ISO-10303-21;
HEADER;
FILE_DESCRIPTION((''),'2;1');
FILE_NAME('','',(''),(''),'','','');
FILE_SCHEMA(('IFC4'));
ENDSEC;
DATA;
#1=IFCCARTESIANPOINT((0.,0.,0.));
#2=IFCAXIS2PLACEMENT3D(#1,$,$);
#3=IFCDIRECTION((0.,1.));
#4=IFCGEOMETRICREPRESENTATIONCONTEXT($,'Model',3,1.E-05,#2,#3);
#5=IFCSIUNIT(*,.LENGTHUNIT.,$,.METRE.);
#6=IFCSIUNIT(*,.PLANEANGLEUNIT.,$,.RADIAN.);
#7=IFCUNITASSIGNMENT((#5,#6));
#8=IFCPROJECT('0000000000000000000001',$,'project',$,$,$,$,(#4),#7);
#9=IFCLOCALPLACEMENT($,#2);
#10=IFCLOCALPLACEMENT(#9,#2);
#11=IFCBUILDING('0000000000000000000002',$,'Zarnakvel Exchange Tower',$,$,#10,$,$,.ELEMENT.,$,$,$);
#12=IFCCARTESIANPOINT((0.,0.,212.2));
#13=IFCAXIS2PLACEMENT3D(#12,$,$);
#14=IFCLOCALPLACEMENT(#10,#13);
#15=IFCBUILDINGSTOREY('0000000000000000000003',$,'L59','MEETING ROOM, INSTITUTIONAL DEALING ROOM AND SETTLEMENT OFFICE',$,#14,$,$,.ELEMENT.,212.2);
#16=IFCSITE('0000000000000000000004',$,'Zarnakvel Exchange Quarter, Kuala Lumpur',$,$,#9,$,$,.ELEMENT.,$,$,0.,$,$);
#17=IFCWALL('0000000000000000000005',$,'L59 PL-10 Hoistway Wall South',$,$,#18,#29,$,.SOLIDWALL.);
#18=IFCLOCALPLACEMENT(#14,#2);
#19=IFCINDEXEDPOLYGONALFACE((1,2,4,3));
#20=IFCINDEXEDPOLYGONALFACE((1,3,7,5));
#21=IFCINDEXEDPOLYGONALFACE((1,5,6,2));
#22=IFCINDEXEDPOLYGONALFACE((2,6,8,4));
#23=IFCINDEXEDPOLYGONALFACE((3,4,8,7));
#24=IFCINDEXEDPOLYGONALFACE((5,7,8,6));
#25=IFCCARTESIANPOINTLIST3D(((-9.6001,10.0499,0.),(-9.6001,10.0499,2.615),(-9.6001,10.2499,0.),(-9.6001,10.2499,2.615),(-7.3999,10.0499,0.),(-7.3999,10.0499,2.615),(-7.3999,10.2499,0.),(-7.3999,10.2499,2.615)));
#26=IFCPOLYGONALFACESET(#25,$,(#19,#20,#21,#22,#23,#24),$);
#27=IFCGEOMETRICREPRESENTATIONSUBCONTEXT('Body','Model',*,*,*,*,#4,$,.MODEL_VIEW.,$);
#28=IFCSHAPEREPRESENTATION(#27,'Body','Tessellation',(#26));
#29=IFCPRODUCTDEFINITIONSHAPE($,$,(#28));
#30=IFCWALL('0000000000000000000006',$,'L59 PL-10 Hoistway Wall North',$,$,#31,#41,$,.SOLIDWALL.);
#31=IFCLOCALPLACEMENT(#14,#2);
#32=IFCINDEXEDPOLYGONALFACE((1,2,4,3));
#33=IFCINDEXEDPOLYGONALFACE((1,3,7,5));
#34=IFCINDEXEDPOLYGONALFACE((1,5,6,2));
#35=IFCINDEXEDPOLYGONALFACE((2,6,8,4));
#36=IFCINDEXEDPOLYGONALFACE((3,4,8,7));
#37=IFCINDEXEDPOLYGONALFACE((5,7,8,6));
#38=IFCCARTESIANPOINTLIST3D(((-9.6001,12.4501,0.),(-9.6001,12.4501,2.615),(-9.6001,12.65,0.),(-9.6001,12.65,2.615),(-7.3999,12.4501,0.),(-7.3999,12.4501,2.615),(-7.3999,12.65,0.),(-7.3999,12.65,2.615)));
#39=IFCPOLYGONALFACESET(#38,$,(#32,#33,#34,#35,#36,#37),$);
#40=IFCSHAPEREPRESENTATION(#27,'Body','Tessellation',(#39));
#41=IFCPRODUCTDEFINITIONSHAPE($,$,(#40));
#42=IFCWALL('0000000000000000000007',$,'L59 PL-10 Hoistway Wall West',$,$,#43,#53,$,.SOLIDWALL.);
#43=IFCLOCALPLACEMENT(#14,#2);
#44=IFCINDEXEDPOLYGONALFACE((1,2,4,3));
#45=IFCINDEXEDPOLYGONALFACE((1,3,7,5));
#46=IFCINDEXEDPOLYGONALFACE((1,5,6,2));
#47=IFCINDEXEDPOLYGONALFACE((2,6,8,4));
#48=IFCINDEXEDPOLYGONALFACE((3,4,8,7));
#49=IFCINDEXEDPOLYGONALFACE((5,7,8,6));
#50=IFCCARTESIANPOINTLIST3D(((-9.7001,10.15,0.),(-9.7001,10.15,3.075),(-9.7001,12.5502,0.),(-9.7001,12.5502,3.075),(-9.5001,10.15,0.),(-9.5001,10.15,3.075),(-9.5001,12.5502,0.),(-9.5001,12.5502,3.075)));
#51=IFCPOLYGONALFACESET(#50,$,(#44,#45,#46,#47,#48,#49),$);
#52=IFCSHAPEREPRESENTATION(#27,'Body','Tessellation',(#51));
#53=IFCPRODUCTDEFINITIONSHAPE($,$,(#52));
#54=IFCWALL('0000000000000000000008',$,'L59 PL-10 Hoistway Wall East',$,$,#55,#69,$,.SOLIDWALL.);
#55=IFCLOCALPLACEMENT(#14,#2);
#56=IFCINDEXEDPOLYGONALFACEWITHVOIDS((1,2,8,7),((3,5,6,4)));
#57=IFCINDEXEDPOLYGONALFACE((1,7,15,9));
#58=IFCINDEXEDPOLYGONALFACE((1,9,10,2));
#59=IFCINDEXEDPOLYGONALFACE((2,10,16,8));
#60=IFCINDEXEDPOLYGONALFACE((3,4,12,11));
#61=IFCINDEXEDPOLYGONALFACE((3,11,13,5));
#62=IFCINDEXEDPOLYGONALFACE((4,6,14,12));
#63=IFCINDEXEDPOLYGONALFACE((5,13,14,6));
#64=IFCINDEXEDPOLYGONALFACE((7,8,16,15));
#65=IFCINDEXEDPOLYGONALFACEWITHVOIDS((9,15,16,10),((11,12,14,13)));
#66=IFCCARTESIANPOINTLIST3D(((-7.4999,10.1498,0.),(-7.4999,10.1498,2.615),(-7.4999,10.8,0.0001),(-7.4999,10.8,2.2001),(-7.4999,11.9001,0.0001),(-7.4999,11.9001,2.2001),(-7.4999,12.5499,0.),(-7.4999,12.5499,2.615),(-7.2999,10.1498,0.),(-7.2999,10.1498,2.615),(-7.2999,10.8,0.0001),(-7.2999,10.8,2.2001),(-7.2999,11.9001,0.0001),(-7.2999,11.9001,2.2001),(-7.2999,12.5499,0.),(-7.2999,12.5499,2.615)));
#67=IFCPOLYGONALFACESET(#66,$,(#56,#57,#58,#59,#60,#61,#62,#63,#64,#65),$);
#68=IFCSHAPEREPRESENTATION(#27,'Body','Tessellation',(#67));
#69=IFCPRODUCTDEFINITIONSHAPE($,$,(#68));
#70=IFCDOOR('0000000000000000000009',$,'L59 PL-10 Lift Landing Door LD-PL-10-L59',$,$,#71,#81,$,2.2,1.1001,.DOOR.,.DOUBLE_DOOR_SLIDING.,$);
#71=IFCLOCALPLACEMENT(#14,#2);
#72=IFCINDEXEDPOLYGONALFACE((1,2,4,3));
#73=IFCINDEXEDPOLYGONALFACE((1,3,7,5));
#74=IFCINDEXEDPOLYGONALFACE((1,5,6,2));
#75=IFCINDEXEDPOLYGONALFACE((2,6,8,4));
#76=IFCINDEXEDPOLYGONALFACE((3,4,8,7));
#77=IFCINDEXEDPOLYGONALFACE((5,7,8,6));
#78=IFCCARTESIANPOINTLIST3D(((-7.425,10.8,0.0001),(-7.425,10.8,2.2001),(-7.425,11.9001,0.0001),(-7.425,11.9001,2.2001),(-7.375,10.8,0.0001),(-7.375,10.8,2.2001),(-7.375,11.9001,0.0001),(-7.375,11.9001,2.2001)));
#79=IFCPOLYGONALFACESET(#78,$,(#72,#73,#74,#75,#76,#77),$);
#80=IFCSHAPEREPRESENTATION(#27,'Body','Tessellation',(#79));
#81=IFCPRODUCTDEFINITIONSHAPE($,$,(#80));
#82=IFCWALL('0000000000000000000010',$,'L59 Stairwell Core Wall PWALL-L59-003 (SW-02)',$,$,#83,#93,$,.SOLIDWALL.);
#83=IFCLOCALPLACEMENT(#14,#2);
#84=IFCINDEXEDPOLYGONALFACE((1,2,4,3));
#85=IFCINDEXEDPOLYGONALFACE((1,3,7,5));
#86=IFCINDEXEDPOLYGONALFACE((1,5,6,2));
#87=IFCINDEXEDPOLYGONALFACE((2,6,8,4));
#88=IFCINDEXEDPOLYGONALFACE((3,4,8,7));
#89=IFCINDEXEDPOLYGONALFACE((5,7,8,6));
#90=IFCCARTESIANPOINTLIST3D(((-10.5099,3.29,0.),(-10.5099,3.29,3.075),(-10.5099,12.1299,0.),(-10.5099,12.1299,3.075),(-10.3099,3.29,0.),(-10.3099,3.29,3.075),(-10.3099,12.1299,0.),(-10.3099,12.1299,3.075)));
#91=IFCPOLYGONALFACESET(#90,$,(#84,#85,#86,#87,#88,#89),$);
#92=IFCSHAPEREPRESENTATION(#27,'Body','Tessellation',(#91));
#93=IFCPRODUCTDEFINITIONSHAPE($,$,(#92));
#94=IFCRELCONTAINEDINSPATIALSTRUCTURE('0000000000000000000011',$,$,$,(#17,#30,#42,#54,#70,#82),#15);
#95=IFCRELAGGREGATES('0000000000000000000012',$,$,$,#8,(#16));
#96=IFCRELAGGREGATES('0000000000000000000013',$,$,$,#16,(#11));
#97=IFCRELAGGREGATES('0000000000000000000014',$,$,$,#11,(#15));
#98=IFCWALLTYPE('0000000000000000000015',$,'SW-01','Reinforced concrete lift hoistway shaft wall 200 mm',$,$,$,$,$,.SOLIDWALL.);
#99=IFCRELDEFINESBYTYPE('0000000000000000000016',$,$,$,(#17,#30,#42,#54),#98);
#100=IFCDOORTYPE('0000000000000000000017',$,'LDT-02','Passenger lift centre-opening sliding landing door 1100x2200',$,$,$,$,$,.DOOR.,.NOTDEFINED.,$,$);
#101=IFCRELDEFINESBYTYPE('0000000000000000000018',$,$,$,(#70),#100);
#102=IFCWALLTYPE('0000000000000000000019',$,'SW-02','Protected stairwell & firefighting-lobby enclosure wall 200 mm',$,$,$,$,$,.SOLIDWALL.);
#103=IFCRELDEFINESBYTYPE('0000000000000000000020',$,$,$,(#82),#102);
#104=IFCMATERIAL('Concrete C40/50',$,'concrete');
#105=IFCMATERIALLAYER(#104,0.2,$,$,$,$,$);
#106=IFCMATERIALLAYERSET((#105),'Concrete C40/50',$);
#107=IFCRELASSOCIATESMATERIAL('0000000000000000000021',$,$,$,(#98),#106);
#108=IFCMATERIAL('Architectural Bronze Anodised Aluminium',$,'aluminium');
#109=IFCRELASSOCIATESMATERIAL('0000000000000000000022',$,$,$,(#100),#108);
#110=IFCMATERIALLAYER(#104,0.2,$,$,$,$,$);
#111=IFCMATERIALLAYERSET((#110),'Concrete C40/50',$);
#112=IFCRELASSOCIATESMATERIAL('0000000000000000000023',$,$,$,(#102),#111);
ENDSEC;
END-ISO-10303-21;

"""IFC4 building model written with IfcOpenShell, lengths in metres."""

from ifc_helpers import new_model, si_unit, direction, frame, frame_2d, origin, place, context, subcontext, project, spatial, rectangle, extrude, source, transform, mapped, material, layer, layer_set, type_object, element, fill, save


model = new_model("IFC4")

# Units and contexts
model_context = context("Model", 3, precision=1e-05, world=origin(), true_north=direction((0.0, 1.0)))
body_context = subcontext(model_context, "Body", "Model", "MODEL_VIEW")
ifc_project = project(units=[si_unit("LENGTHUNIT", "METRE"), si_unit("PLANEANGLEUNIT", "RADIAN")], contexts=[model_context])

# Site, building, storey
site_placement = place(None, origin())
site = spatial("IfcSite", under=ifc_project, at=site_placement, Name="Zarnakvel Exchange Quarter, Kuala Lumpur", CompositionType="ELEMENT", RefElevation=0.0)
building_placement = place(site_placement, origin())
building = spatial("IfcBuilding", under=site, at=building_placement, Name="Zarnakvel Exchange Tower", CompositionType="ELEMENT")
storey_placement = place(building_placement, frame((0.0, 0.0, 212.2)))
storey = spatial("IfcBuildingStorey", under=building, at=storey_placement, Name="L59", Description="MEETING ROOM, INSTITUTIONAL DEALING ROOM AND SETTLEMENT OFFICE", CompositionType="ELEMENT", Elevation=212.2)

# Shared definitions
ifc_material_1 = material(Name="Architectural Bronze Anodised Aluminium", Category="aluminium")

# Shared definitions
ifc_material_2 = material(Name="Concrete C40/50", Category="concrete")
ifc_layer_1 = layer(ifc_material_2, 0.2)
ifc_layer_set_1 = layer_set([ifc_layer_1], Name="Concrete C40/50")
wall_type_1 = type_object("IfcWallType", Name="SW-01", Description="Reinforced concrete lift hoistway shaft wall 200 mm", PredefinedType="SOLIDWALL", material=ifc_layer_set_1)

# Shared definitions
door_type = type_object("IfcDoorType", Name="LDT-02", Description="Passenger lift centre-opening sliding landing door 1100x2200", OperationType="NOTDEFINED", PredefinedType="DOOR", material=ifc_material_1)
shared_shape_1 = source(origin(), body_context, "Body", "SweptSolid", [
    extrude(rectangle(XDim=1.1001, YDim=2.2, at=frame_2d((0.55, 1.1001))), frame((0.0, 0.0249, 0.0), z_axis=(0.0, -1.0, 0.0), x_axis=(1.0, 0.0, 0.0)), (0.0, 0.0, 1.0), 0.05),
])

# Walls
for number, where, z_axis, x_axis, name in (
    (1, (-7.3999, 10.1499, 0.0), (0.0, 0.0, 1.0), (-1.0, 0.0, 0.0), "L59 PL-10 Hoistway Wall South"),
    (2, (-9.6001, 12.55, 0.0), (0.0, 0.0, 1.0), (1.0, 0.0, 0.0), "L59 PL-10 Hoistway Wall North"),
):
    element("IfcWall", number, at=place(storey_placement, frame(where, z_axis=z_axis, x_axis=x_axis)), inside=storey, type_object=wall_type_1, Name=name, PredefinedType="SOLIDWALL", context=body_context, shape_type="SweptSolid", body=[
        extrude(rectangle(XDim=2.2002, YDim=0.2, at=frame_2d((1.1001, 0.0))), origin(), (0.0, 0.0, 1.0), 2.615),
    ])
wall_1_placement = place(storey_placement, frame((-9.6001, 10.1499, 0.0), z_axis=(0.0, 0.0, 1.0), x_axis=(0.0, 1.0, 0.0)))
element("IfcWall", 3, at=wall_1_placement, inside=storey, type_object=wall_type_1, Name="L59 PL-10 Hoistway Wall West", PredefinedType="SOLIDWALL", context=body_context, shape_type="SweptSolid", body=[
    extrude(rectangle(XDim=2.4001, YDim=0.2, at=frame_2d((1.2002, 0.0))), origin(), (0.0, 0.0, 1.0), 3.075),
])

# Wall, opening, door
wall_2_placement = place(storey_placement, frame((-7.3999, 12.55, 0.0), z_axis=(0.0, 0.0, 1.0), x_axis=(0.0, -1.0, 0.0)))
wall_2 = element("IfcWall", 4, at=wall_2_placement, inside=storey, type_object=wall_type_1, Name="L59 PL-10 Hoistway Wall East", PredefinedType="SOLIDWALL", context=body_context, shape_type="SweptSolid", body=[
    extrude(rectangle(XDim=2.4001, YDim=0.2, at=frame_2d((1.2002, 0.0))), origin(), (0.0, 0.0, 1.0), 2.615),
])
opening_1_placement = place(wall_2_placement, frame((0.6499, 0.0, 0.0)))
opening_1 = element("IfcOpeningElement", 5, at=opening_1_placement, cuts=wall_2, PredefinedType="OPENING", context=body_context, shape_type="SweptSolid", body=[
    extrude(rectangle(XDim=1.1001, YDim=2.2, at=frame_2d((0.55, 1.1001))), frame((0.0, 0.1099, 0.0), z_axis=(0.0, -1.0, 0.0), x_axis=(1.0, 0.0, 0.0)), (0.0, 0.0, 1.0), 0.22),
])
door_1_placement = place(opening_1_placement, origin())
door_1 = element("IfcDoor", 6, at=door_1_placement, inside=storey, type_object=door_type, Name="L59 PL-10 Lift Landing Door LD-PL-10-L59", OperationType="DOUBLE_DOOR_SLIDING", OverallHeight=2.2, OverallWidth=1.1001, PredefinedType="DOOR", context=body_context, shape_type="MappedRepresentation", body=[
    mapped(shared_shape_1, transform((0.0, 0.0, 0.0), x_axis=(1.0, 0.0, 0.0), y_axis=(0.0, 1.0, 0.0), z_axis=(0.0, 0.0, 1.0), scale=1.0)),
])
fill(opening_1, door_1)

# Wall
ifc_layer_2 = layer(ifc_material_2, 0.2)
ifc_layer_set_2 = layer_set([ifc_layer_2], Name="Concrete C40/50")
wall_type_2 = type_object("IfcWallType", Name="SW-02", Description="Protected stairwell & firefighting-lobby enclosure wall 200 mm", PredefinedType="SOLIDWALL", material=ifc_layer_set_2)
wall_3_placement = place(storey_placement, frame((-10.4099, 12.1299, 0.0), z_axis=(0.0, 0.0, 1.0), x_axis=(0.0, -1.0, 0.0)))
element("IfcWall", 7, at=wall_3_placement, inside=storey, type_object=wall_type_2, Name="L59 Stairwell Core Wall PWALL-L59-003 (SW-02)", PredefinedType="SOLIDWALL", context=body_context, shape_type="SweptSolid", body=[
    extrude(rectangle(XDim=8.8398, YDim=0.2, at=frame_2d((4.4199, 0.0))), origin(), (0.0, 0.0, 1.0), 3.075),
])

save(model, "model.ifc")
